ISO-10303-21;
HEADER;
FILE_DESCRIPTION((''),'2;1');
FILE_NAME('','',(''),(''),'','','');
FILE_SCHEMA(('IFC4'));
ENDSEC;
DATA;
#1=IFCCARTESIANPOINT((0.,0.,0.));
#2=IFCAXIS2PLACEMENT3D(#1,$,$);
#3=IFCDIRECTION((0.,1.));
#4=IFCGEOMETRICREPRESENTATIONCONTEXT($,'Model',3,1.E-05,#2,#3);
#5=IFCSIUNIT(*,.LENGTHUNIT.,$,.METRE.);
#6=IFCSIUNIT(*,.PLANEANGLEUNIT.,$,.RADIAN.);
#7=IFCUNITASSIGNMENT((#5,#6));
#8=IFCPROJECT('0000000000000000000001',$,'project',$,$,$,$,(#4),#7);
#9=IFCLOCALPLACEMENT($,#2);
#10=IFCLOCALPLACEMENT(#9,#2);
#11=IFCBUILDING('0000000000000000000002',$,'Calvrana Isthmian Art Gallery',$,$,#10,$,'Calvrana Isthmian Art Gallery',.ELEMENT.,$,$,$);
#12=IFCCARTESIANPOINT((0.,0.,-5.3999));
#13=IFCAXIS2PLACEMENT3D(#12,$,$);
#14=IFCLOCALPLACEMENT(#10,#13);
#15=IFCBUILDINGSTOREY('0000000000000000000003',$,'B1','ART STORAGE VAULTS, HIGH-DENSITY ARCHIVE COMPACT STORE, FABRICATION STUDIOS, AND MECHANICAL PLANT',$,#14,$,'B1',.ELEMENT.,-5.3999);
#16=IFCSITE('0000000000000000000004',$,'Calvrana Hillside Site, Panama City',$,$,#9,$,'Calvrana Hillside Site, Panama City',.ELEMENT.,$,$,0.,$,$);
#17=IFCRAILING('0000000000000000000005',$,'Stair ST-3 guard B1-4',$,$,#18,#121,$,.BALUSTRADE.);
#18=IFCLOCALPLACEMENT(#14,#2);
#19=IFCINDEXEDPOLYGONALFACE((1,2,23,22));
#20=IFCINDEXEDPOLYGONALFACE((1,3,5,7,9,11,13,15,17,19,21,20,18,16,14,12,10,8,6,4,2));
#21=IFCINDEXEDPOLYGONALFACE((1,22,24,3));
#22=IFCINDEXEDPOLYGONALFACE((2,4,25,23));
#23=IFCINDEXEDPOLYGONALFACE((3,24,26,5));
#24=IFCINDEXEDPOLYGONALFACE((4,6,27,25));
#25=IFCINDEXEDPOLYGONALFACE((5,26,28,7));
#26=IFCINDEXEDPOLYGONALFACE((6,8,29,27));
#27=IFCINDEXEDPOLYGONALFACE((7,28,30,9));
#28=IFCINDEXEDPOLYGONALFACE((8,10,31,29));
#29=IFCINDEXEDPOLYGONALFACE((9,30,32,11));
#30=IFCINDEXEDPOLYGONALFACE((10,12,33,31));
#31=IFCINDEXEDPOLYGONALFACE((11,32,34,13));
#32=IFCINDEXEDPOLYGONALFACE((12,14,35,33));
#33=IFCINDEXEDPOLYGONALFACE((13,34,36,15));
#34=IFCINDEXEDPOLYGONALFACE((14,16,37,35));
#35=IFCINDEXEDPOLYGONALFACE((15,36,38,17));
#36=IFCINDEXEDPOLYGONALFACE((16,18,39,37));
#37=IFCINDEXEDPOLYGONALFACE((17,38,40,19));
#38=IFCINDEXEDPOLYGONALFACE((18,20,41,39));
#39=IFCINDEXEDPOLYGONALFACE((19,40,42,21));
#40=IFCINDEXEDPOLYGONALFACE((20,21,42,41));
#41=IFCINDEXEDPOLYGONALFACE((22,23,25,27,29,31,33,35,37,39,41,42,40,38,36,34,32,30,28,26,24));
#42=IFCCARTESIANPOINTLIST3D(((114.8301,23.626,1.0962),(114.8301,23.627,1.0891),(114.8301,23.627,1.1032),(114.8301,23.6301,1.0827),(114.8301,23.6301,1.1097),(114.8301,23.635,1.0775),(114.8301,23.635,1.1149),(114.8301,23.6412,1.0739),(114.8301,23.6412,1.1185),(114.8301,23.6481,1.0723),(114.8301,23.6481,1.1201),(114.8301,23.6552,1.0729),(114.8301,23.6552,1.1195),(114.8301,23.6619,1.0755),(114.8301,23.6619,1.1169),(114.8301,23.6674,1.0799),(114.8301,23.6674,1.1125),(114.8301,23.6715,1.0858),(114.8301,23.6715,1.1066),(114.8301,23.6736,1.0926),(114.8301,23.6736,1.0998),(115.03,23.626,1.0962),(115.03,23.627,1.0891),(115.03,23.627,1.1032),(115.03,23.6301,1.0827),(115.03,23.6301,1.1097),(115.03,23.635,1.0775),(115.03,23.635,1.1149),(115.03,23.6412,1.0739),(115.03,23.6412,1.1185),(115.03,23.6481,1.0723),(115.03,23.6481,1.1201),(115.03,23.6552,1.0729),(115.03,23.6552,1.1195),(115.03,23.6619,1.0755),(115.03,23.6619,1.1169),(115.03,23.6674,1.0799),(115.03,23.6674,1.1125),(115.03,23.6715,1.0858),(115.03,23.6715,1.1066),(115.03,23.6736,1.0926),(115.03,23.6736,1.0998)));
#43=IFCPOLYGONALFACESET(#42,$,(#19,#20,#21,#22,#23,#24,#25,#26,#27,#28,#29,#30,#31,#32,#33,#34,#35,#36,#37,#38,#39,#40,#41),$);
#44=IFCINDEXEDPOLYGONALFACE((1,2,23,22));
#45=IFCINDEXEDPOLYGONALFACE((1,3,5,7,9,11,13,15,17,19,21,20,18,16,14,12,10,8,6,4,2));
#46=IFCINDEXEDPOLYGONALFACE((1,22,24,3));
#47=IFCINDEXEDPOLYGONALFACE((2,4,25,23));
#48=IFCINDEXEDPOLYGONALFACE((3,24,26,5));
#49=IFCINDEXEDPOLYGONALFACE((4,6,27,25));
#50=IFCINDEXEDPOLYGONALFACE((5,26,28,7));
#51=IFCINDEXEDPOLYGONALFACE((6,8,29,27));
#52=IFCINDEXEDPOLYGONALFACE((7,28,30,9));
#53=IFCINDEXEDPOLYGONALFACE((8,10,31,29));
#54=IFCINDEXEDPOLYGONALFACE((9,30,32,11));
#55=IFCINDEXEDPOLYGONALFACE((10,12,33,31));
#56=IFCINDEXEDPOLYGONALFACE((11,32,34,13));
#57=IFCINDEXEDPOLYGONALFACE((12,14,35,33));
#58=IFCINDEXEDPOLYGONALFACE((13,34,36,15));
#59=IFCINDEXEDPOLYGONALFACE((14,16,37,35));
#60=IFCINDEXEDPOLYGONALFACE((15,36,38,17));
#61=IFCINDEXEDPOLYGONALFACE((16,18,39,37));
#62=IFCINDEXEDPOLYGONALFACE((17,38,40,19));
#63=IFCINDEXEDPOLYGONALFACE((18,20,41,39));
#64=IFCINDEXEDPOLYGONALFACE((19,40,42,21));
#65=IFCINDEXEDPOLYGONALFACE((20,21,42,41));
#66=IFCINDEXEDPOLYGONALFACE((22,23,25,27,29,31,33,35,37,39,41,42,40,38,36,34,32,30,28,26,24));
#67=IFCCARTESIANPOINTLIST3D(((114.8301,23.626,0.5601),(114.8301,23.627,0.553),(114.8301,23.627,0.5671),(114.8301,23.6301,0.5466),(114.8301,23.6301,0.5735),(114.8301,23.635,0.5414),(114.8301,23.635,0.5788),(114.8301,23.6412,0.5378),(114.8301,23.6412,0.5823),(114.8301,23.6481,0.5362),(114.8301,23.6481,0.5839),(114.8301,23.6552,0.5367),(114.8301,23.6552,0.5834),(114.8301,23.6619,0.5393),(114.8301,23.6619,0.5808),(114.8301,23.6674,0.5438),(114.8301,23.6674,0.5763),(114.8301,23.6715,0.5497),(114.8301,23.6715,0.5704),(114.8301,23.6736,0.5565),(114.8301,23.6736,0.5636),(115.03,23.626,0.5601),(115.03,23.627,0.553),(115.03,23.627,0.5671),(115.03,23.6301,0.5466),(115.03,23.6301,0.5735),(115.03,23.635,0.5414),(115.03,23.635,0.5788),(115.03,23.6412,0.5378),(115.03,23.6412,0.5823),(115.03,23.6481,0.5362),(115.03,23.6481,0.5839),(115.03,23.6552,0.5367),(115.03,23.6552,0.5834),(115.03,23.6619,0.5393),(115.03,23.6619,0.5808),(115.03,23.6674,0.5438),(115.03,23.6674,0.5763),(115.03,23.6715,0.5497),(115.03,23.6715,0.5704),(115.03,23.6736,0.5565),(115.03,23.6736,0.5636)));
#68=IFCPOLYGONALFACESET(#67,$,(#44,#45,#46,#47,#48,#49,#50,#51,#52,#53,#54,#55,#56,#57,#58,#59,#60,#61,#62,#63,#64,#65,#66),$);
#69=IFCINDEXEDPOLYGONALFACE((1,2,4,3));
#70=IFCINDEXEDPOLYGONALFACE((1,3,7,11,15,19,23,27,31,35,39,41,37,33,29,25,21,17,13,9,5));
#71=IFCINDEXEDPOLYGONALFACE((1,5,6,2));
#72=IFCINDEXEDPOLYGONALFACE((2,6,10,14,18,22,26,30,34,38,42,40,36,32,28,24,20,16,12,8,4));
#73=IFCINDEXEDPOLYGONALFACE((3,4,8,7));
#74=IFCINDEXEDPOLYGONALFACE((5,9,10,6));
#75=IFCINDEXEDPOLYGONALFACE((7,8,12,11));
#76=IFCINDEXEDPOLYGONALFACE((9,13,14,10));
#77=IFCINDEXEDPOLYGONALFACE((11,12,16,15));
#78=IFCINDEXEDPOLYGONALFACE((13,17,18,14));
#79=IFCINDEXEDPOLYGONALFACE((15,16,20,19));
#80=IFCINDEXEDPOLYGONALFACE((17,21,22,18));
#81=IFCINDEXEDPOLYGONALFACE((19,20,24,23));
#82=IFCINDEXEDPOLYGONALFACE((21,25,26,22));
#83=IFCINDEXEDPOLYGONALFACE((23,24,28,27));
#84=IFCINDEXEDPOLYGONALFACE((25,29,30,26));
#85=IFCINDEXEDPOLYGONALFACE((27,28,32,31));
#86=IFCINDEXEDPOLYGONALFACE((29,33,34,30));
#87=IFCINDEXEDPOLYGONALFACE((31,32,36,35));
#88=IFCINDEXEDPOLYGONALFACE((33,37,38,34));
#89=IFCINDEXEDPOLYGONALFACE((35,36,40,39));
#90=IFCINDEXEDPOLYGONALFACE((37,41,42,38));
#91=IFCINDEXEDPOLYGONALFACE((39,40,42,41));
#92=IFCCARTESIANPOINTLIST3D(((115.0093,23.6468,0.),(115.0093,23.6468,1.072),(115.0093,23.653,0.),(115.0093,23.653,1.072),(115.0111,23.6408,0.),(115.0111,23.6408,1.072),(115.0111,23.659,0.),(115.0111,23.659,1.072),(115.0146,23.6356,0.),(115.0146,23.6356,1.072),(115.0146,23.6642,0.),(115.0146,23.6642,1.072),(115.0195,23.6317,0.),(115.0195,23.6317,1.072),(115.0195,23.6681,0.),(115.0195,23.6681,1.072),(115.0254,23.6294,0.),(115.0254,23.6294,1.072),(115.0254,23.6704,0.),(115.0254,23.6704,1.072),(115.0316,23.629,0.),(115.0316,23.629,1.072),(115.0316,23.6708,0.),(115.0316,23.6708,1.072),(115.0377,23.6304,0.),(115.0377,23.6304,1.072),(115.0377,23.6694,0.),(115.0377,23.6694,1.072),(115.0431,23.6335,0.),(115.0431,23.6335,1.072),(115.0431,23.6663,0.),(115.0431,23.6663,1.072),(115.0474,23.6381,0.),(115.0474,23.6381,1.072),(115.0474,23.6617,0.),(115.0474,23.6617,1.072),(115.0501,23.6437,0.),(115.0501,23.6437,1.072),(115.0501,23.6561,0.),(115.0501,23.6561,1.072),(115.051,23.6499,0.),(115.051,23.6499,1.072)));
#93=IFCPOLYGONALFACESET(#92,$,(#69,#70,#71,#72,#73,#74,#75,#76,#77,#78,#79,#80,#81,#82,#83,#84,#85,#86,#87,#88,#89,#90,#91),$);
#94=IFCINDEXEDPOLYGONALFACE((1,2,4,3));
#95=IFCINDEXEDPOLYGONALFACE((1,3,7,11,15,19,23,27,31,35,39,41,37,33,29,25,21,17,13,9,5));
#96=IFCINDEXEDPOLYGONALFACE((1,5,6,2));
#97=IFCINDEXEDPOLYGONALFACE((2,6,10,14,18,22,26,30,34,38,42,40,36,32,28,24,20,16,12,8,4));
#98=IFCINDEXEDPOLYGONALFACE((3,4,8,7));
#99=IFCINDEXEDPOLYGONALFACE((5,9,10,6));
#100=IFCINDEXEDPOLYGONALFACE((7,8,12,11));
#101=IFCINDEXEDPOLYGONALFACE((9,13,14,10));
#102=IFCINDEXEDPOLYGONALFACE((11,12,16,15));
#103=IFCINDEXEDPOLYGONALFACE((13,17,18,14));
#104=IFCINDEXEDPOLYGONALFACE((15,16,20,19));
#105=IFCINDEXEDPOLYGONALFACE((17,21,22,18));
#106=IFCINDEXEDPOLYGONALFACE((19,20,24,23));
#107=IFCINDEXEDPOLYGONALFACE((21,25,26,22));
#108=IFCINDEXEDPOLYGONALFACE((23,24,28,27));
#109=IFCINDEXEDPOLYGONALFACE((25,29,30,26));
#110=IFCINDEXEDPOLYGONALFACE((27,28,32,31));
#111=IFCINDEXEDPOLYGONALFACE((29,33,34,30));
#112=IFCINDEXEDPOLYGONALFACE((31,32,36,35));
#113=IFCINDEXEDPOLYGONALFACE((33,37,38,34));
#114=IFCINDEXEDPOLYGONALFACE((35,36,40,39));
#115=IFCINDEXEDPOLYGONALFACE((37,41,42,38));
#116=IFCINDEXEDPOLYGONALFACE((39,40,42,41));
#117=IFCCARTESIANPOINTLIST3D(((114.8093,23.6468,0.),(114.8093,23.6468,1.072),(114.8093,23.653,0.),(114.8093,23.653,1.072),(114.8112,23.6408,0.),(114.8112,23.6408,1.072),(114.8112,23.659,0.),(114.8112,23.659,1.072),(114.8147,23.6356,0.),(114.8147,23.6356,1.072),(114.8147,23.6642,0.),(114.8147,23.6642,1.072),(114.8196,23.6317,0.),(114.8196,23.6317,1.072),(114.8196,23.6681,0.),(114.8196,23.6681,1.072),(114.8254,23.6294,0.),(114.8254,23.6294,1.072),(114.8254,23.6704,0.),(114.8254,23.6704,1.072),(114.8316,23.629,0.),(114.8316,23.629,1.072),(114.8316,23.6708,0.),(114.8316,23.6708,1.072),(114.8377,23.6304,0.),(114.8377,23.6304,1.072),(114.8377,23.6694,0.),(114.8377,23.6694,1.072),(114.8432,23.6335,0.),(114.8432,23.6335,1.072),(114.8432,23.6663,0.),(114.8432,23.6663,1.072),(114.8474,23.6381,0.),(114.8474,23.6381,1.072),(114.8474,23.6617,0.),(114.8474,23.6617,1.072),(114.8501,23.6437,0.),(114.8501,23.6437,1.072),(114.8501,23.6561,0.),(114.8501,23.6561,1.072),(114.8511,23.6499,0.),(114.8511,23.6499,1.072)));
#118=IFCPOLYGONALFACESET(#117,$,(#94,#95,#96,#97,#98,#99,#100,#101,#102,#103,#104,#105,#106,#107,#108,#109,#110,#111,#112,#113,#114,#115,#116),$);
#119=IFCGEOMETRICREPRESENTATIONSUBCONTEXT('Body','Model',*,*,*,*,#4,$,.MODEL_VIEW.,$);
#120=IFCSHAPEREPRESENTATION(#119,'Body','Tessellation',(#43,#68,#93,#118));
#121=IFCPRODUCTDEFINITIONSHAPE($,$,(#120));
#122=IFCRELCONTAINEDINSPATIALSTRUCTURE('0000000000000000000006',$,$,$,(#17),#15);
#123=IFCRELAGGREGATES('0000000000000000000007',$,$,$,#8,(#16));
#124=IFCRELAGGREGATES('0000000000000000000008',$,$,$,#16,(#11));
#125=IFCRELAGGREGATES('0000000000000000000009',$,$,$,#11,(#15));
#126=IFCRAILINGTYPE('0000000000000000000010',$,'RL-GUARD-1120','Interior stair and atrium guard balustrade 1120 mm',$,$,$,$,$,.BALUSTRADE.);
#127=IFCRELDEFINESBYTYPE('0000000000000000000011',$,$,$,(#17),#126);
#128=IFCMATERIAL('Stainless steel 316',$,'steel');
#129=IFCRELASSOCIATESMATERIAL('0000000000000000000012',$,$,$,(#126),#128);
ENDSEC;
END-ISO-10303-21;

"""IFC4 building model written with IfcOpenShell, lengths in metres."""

from ifc_helpers import new_model, si_unit, direction, frame, origin, origin_2d, place, context, subcontext, project, spatial, circle, extrude, material, type_object, element, save


model = new_model("IFC4")

# Units and contexts
model_context = context("Model", 3, precision=1e-05, world=origin(), true_north=direction((0.0, 1.0)))
body_context = subcontext(model_context, "Body", "Model", "MODEL_VIEW")
ifc_project = project(units=[si_unit("LENGTHUNIT", "METRE"), si_unit("PLANEANGLEUNIT", "RADIAN")], contexts=[model_context])

# Site, building, storey
site_placement = place(None, origin())
site = spatial("IfcSite", under=ifc_project, at=site_placement, Name="Calvrana Hillside Site, Panama City", LongName="Calvrana Hillside Site, Panama City", CompositionType="ELEMENT", RefElevation=0.0)
building_placement = place(site_placement, origin())
building = spatial("IfcBuilding", under=site, at=building_placement, Name="Calvrana Isthmian Art Gallery", LongName="Calvrana Isthmian Art Gallery", CompositionType="ELEMENT")
storey_placement = place(building_placement, frame((0.0, 0.0, -5.3999)))
storey = spatial("IfcBuildingStorey", under=building, at=storey_placement, Name="B1", Description="ART STORAGE VAULTS, HIGH-DENSITY ARCHIVE COMPACT STORE, FABRICATION STUDIOS, AND MECHANICAL PLANT", LongName="B1", CompositionType="ELEMENT", Elevation=-5.3999)

# Shared definitions
ifc_material_1 = material(Name="Stainless steel 316", Category="steel")

# Railing
railing_type_1 = type_object("IfcRailingType", Name="RL-GUARD-1120", Description="Interior stair and atrium guard balustrade 1120 mm", PredefinedType="BALUSTRADE", material=ifc_material_1)
railing_1_placement = place(storey_placement, frame((115.03, 23.6499, 0.0)))
element("IfcRailing", 1, at=railing_1_placement, inside=storey, type_object=railing_type_1, Name="Stair ST-3 guard B1-4", PredefinedType="BALUSTRADE", context=body_context, shape_type="SweptSolid", body=[
    extrude(circle(Radius=0.0239, at=origin_2d()), frame((0.0, 0.0, 1.0962), z_axis=(-1.0, 0.0, 0.0), x_axis=(0.0, -1.0, 0.0)), (0.0, 0.0, 1.0), 0.2),
    extrude(circle(Radius=0.0239, at=origin_2d()), frame((0.0, 0.0, 0.5601), z_axis=(-1.0, 0.0, 0.0), x_axis=(0.0, -1.0, 0.0)), (0.0, 0.0, 1.0), 0.2),
    extrude(circle(Radius=0.021, at=origin_2d()), origin(), (0.0, 0.0, 1.0), 1.072),
    extrude(circle(Radius=0.021, at=origin_2d()), frame((-0.2, 0.0, 0.0)), (0.0, 0.0, 1.0), 1.072),
])

save(model, "model.ifc")
